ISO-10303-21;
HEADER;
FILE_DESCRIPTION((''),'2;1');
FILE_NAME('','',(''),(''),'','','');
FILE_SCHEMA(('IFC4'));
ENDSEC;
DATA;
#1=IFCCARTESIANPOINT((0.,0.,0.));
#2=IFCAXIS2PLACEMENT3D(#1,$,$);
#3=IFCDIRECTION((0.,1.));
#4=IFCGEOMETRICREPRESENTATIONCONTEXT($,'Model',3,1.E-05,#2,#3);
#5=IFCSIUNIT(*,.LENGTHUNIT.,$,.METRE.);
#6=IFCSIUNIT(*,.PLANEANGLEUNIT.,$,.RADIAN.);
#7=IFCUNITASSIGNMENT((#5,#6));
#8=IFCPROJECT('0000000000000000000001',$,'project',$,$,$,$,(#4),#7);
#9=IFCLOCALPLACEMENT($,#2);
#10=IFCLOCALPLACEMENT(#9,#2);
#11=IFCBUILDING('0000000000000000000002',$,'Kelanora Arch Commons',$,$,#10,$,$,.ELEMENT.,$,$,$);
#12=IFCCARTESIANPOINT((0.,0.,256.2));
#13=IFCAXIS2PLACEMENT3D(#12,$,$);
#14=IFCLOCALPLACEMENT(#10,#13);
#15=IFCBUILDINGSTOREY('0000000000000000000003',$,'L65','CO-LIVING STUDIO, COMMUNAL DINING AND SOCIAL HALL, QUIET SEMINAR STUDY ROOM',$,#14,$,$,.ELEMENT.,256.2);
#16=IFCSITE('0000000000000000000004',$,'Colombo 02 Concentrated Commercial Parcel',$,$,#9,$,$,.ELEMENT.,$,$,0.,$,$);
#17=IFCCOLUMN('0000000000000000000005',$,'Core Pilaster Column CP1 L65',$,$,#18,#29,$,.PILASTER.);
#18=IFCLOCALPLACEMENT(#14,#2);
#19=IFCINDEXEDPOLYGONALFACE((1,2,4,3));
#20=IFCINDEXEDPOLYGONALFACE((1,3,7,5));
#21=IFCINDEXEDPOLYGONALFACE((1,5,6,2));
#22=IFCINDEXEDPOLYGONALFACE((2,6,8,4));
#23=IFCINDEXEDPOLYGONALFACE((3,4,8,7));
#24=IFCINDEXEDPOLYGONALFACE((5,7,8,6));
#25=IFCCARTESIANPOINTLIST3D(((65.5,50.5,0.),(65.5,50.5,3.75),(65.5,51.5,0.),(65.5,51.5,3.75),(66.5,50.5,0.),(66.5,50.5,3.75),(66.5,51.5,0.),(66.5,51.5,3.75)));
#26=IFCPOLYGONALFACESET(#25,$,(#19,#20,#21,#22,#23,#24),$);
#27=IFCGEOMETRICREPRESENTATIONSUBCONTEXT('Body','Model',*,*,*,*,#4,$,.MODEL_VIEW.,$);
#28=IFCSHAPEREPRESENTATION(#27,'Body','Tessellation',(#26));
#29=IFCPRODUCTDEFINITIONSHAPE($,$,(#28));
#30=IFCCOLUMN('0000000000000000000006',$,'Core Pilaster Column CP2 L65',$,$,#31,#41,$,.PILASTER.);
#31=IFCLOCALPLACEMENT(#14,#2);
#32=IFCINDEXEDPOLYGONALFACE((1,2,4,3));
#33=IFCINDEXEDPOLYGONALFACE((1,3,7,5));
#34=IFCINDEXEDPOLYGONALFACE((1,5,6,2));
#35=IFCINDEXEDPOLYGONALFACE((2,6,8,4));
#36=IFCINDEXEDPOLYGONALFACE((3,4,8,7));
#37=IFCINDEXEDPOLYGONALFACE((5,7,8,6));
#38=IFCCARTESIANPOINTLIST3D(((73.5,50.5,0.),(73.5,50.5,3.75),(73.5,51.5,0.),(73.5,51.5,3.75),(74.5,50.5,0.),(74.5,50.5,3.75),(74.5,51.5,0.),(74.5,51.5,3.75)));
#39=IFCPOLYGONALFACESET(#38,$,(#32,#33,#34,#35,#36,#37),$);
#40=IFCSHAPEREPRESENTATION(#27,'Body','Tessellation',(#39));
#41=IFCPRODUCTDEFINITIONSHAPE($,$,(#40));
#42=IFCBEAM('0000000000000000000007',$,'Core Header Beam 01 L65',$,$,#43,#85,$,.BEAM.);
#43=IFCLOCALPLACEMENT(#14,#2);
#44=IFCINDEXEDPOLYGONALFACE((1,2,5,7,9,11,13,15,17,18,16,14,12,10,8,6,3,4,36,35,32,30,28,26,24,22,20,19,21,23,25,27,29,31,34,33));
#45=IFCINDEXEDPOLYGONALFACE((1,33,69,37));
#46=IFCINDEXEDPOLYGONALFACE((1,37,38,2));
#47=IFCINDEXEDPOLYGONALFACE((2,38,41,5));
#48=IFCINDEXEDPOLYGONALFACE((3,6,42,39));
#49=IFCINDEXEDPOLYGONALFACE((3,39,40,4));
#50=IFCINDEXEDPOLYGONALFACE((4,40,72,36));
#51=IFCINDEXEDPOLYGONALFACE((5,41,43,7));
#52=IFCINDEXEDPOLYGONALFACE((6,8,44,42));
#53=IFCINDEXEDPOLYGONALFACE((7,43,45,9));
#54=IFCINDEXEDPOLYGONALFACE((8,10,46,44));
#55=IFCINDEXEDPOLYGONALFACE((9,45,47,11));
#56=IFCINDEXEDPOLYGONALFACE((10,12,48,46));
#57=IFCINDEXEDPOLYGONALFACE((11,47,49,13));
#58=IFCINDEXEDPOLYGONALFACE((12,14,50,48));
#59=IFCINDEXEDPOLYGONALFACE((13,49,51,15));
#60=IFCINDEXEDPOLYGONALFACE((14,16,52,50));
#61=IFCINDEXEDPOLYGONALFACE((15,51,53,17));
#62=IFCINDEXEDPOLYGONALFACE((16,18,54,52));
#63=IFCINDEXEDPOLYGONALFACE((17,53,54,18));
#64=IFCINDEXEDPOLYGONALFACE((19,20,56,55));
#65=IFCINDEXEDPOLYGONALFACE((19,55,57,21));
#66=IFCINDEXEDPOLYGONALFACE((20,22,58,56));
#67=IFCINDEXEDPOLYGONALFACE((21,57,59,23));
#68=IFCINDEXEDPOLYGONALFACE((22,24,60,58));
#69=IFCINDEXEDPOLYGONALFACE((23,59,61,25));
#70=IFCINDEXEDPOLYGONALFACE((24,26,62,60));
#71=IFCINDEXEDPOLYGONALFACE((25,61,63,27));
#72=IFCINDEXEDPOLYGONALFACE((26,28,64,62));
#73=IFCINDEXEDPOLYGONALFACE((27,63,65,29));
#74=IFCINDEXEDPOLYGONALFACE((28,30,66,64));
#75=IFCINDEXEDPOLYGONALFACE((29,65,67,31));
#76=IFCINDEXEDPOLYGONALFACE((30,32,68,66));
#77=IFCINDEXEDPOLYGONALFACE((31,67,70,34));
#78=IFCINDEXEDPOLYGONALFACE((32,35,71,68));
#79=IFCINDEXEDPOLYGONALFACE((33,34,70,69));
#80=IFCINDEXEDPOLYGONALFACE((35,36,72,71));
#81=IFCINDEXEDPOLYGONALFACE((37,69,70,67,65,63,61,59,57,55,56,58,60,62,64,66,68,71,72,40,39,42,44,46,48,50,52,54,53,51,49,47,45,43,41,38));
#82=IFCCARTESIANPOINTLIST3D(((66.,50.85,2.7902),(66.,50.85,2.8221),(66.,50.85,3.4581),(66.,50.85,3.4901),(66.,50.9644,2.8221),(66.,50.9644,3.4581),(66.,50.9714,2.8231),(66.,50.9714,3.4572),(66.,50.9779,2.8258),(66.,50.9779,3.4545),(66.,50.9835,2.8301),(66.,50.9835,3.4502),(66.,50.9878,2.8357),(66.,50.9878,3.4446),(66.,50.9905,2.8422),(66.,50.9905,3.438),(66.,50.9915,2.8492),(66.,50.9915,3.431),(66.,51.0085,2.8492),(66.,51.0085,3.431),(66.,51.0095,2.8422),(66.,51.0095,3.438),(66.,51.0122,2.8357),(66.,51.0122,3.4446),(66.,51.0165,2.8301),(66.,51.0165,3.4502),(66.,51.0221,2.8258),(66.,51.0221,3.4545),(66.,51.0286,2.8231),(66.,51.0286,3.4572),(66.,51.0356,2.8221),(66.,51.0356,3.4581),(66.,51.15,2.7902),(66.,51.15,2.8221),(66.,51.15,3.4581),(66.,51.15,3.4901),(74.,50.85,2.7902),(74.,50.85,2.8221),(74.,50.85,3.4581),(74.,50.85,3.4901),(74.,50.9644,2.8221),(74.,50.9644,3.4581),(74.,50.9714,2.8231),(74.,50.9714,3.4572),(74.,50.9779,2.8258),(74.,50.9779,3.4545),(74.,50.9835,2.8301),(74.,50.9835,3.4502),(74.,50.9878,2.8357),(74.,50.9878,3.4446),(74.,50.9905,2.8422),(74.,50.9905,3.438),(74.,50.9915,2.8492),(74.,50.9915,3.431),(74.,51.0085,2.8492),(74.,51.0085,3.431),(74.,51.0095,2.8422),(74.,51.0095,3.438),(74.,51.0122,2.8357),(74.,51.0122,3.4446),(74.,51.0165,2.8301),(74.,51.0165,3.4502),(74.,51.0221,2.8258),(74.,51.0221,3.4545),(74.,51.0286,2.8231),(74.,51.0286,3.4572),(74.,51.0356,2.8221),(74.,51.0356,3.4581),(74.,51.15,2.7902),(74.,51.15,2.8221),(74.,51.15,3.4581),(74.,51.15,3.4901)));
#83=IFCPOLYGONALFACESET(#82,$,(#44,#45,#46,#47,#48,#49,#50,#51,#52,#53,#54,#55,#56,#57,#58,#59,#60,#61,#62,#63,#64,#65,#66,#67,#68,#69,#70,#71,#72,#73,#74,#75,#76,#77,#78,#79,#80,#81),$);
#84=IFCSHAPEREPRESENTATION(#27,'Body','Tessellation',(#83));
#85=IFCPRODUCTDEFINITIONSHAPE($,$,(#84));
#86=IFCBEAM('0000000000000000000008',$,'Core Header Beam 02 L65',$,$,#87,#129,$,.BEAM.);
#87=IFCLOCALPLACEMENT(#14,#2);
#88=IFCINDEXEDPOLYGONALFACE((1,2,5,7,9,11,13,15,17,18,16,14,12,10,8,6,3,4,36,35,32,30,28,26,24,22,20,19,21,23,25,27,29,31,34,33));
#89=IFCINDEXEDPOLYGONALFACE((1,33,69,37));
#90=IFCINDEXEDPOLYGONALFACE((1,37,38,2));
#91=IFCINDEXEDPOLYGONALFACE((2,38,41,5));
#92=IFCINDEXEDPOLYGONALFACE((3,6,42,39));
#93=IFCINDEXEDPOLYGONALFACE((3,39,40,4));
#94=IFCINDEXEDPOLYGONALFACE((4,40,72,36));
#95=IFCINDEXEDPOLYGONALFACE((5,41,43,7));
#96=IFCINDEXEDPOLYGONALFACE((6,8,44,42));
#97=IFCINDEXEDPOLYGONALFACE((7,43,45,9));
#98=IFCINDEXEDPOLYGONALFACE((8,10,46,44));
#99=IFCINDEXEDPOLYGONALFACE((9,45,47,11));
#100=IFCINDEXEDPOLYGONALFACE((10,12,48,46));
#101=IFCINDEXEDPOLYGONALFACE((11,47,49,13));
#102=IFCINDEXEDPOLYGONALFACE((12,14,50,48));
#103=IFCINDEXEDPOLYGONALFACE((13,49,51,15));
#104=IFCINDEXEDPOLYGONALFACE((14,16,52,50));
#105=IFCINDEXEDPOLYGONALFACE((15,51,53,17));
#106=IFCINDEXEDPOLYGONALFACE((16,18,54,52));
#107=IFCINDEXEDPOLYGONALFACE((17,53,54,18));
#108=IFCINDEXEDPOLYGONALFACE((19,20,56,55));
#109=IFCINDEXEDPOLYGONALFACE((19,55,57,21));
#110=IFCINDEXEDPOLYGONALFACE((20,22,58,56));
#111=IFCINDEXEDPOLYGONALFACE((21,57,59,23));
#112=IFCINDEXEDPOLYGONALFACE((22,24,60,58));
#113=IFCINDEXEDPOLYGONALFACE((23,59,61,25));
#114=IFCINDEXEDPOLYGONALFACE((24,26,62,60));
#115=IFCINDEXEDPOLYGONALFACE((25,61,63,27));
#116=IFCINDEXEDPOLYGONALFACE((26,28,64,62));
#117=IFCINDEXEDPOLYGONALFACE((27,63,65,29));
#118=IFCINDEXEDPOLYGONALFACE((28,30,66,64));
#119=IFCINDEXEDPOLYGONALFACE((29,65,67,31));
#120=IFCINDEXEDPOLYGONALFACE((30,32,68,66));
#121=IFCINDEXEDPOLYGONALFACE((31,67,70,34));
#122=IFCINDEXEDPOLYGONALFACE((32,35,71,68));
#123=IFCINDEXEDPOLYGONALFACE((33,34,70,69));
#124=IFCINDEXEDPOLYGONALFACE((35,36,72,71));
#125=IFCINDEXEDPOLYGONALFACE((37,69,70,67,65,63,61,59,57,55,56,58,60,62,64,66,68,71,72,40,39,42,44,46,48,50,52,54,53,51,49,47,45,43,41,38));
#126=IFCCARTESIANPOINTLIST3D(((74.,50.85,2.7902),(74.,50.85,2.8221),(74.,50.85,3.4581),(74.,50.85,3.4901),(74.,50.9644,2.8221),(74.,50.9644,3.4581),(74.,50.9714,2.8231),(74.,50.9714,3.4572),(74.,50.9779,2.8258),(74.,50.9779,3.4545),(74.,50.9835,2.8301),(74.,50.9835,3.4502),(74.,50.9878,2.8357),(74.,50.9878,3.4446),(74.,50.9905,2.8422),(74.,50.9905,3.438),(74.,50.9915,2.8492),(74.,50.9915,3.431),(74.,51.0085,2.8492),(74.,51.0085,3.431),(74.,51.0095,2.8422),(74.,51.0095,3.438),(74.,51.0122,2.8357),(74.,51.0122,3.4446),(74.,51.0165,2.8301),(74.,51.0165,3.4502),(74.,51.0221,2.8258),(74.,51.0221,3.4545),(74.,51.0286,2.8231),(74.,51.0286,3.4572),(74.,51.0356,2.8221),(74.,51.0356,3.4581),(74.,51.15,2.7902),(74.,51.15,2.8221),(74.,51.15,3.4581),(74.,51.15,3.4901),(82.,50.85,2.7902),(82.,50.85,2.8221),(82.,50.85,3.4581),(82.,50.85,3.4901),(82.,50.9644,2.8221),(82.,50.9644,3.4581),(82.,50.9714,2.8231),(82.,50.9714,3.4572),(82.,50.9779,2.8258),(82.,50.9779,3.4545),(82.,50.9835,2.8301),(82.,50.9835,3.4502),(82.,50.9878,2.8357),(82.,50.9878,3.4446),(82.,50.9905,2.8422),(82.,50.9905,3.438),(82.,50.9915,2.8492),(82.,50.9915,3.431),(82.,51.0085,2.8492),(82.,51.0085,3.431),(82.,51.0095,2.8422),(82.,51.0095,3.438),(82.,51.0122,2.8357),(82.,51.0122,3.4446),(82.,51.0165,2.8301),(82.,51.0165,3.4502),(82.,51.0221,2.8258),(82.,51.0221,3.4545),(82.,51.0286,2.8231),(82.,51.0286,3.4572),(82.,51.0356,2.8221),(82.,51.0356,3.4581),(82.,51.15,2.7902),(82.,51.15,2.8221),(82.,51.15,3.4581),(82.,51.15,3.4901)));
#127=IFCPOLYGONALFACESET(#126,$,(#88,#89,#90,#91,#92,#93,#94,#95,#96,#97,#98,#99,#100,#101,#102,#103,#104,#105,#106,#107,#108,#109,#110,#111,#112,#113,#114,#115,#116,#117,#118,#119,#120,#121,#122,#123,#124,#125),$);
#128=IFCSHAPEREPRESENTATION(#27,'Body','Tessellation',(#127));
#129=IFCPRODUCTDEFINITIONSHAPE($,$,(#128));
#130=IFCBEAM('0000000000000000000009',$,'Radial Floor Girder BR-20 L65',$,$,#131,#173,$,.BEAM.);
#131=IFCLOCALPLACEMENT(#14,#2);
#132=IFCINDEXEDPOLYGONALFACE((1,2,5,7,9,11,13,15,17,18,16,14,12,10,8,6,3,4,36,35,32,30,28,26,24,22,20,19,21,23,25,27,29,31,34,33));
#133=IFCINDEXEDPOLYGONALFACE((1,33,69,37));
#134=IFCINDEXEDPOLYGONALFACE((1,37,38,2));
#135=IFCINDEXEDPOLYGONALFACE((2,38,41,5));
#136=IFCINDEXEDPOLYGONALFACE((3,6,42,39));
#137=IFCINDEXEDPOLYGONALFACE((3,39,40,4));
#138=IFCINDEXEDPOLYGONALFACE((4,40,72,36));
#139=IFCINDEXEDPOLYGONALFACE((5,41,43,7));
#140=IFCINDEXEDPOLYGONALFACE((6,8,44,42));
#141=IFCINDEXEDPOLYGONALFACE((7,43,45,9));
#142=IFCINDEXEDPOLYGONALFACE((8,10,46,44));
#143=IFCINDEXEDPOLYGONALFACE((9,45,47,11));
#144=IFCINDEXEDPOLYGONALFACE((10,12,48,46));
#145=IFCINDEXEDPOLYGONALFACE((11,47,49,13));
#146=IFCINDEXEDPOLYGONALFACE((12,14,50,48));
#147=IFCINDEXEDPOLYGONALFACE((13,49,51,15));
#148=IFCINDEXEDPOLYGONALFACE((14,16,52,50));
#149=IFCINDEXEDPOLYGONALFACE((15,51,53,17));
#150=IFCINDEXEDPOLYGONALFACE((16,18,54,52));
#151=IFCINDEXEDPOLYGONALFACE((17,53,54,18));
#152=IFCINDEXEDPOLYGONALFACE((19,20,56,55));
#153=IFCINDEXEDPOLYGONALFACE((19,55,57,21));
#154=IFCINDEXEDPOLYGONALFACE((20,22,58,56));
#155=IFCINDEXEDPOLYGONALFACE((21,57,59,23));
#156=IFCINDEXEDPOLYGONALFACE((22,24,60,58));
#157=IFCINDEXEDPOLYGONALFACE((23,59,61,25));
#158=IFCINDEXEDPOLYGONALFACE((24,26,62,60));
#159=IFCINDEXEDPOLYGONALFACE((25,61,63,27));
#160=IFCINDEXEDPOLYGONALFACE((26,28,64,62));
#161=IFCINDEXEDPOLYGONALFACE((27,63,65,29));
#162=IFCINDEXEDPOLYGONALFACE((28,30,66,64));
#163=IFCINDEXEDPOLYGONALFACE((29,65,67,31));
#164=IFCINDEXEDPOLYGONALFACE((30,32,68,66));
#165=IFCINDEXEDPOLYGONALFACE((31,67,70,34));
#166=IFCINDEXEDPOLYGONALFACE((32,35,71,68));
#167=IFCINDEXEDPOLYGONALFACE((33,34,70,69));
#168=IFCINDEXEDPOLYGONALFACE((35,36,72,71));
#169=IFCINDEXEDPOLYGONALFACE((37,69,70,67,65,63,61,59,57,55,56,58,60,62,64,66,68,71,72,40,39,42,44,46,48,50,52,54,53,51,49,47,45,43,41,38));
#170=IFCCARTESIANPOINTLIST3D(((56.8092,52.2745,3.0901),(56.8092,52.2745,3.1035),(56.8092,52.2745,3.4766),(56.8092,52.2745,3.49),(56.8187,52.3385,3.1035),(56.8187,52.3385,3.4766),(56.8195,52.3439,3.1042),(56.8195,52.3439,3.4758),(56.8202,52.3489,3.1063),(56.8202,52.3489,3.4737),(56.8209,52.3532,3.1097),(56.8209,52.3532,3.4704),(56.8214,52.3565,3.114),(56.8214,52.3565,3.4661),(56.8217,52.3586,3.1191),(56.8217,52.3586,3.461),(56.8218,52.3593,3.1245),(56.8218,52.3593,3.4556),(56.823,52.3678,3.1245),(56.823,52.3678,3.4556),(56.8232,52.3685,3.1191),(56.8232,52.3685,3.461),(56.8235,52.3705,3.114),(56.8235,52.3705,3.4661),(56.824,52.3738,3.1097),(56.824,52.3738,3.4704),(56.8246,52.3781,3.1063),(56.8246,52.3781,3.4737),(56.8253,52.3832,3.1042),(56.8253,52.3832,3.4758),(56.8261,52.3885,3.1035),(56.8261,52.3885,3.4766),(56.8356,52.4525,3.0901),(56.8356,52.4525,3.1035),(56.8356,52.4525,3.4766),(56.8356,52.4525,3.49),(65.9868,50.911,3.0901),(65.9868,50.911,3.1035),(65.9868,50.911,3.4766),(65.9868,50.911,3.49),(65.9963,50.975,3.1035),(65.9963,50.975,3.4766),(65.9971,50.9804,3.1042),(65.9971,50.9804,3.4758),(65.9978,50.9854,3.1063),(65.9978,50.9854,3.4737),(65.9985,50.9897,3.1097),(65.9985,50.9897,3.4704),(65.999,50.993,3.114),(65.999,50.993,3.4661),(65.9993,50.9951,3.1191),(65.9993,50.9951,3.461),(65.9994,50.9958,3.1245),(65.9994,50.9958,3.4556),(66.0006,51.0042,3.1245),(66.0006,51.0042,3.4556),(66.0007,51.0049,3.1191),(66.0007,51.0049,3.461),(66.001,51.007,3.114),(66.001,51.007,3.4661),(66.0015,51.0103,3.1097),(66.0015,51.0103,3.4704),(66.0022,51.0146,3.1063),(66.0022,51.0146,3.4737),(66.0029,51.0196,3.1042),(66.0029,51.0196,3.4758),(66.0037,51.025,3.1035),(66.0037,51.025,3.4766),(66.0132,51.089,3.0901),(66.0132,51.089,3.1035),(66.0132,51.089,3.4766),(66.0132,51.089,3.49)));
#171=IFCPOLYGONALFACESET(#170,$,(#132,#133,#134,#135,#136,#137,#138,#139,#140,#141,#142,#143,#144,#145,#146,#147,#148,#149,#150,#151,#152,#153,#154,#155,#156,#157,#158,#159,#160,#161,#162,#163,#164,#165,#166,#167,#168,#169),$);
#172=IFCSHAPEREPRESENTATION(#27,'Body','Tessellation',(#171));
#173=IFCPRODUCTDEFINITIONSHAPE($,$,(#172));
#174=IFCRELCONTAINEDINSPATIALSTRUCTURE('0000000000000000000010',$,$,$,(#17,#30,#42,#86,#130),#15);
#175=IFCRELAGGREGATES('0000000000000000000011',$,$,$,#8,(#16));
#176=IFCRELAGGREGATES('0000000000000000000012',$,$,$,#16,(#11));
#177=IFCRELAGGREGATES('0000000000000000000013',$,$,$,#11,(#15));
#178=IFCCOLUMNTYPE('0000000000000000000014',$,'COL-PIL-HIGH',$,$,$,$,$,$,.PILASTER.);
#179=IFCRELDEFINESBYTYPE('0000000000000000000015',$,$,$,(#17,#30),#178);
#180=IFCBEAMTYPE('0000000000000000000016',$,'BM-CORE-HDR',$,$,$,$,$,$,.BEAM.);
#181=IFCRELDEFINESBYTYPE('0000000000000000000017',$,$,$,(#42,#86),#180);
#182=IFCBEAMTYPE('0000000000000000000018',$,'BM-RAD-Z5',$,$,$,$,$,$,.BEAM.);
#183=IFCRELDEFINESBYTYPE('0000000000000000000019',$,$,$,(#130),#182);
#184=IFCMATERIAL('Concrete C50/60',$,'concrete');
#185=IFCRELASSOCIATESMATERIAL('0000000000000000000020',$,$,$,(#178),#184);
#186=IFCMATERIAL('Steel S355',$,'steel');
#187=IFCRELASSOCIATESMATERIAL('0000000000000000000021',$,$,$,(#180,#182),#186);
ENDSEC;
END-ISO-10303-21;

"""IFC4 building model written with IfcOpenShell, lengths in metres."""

from ifc_helpers import new_model, si_unit, direction, frame, origin, origin_2d, place, context, subcontext, project, spatial, rectangle, i_section, extrude, material, material_profile, profile_set, type_object, element, save


model = new_model("IFC4")

# Units and contexts
model_context = context("Model", 3, precision=1e-05, world=origin(), true_north=direction((0.0, 1.0)))
body_context = subcontext(model_context, "Body", "Model", "MODEL_VIEW")
ifc_project = project(units=[si_unit("LENGTHUNIT", "METRE"), si_unit("PLANEANGLEUNIT", "RADIAN")], contexts=[model_context])

# Site, building, storey
site_placement = place(None, origin())
site = spatial("IfcSite", under=ifc_project, at=site_placement, Name="Colombo 02 Concentrated Commercial Parcel", CompositionType="ELEMENT", RefElevation=0.0)
building_placement = place(site_placement, origin())
building = spatial("IfcBuilding", under=site, at=building_placement, Name="Kelanora Arch Commons", CompositionType="ELEMENT")
storey_placement = place(building_placement, frame((0.0, 0.0, 256.2)))
storey = spatial("IfcBuildingStorey", under=building, at=storey_placement, Name="L65", Description="CO-LIVING STUDIO, COMMUNAL DINING AND SOCIAL HALL, QUIET SEMINAR STUDY ROOM", CompositionType="ELEMENT", Elevation=256.2)

# Columns
ifc_material_1 = material(Name="Concrete C50/60", Category="concrete")
ifc_material_profile_1 = material_profile(ifc_material_1, rectangle(XDim=1.0, YDim=1.0, at=origin_2d()), Name="RC1000x1000")
ifc_profile_set_1 = profile_set([ifc_material_profile_1], Name="Concrete C50/60")
column_type = type_object("IfcColumnType", Name="COL-PIL-HIGH", PredefinedType="PILASTER", material=ifc_profile_set_1)
for number, where, z_axis, x_axis, name in (
    (1, (66.0, 51.0, 0.0), (0.0, 0.0, 1.0), (1.0, 0.0, 0.0), "Core Pilaster Column CP1 L65"),
    (2, (74.0, 51.0, 0.0), (0.0, 0.0, 1.0), (1.0, 0.0, 0.0), "Core Pilaster Column CP2 L65"),
):
    element("IfcColumn", number, at=place(storey_placement, frame(where, z_axis=z_axis, x_axis=x_axis)), inside=storey, type_object=column_type, Name=name, PredefinedType="PILASTER", context=body_context, shape_type="SweptSolid", body=[
        extrude(rectangle(XDim=1.0, YDim=1.0, at=origin_2d()), origin(), (0.0, 0.0, 1.0), 3.75),
    ])

# Beams
ifc_material_2 = material(Name="Steel S355", Category="steel")
ifc_material_profile_2 = material_profile(ifc_material_2, i_section(OverallWidth=0.3, OverallDepth=0.7, WebThickness=0.0171, FlangeThickness=0.032, FilletRadius=0.0271, at=origin_2d()), Name="HEB700")
ifc_profile_set_2 = profile_set([ifc_material_profile_2], Name="Steel S355")
beam_type_1 = type_object("IfcBeamType", Name="BM-CORE-HDR", PredefinedType="BEAM", material=ifc_profile_set_2)
for number, where, z_axis, x_axis, name in (
    (3, (66.0, 51.0, 3.1401), (1.0, 0.0, 0.0), (0.0, 1.0, 0.0), "Core Header Beam 01 L65"),
    (4, (74.0, 51.0, 3.1401), (1.0, 0.0, 0.0), (0.0, 1.0, 0.0), "Core Header Beam 02 L65"),
):
    element("IfcBeam", number, at=place(storey_placement, frame(where, z_axis=z_axis, x_axis=x_axis)), inside=storey, type_object=beam_type_1, Name=name, PredefinedType="BEAM", context=body_context, shape_type="SweptSolid", body=[
        extrude(i_section(OverallWidth=0.3, OverallDepth=0.7, WebThickness=0.0171, FlangeThickness=0.032, FilletRadius=0.0271, at=origin_2d()), origin(), (0.0, 0.0, 1.0), 8.0),
    ])
ifc_material_profile_3 = material_profile(ifc_material_2, i_section(OverallWidth=0.1799, OverallDepth=0.3999, WebThickness=0.0085, FlangeThickness=0.0134, FilletRadius=0.021, at=origin_2d()), Name="IPE400")
ifc_profile_set_3 = profile_set([ifc_material_profile_3], Name="Steel S355")
beam_type_2 = type_object("IfcBeamType", Name="BM-RAD-Z5", PredefinedType="BEAM", material=ifc_profile_set_3)
beam_1_placement = place(storey_placement, frame((66.0, 51.0, 3.29), z_axis=(-0.989142, 0.14696, 0.0), x_axis=(-0.14696, -0.989142, 0.0)))
element("IfcBeam", 5, at=beam_1_placement, inside=storey, type_object=beam_type_2, Name="Radial Floor Girder BR-20 L65", PredefinedType="BEAM", context=body_context, shape_type="SweptSolid", body=[
    extrude(i_section(OverallWidth=0.1799, OverallDepth=0.3999, WebThickness=0.0085, FlangeThickness=0.0134, FilletRadius=0.021, at=origin_2d()), origin(), (0.0, 0.0, 1.0), 9.2783),
])

save(model, "model.ifc")
